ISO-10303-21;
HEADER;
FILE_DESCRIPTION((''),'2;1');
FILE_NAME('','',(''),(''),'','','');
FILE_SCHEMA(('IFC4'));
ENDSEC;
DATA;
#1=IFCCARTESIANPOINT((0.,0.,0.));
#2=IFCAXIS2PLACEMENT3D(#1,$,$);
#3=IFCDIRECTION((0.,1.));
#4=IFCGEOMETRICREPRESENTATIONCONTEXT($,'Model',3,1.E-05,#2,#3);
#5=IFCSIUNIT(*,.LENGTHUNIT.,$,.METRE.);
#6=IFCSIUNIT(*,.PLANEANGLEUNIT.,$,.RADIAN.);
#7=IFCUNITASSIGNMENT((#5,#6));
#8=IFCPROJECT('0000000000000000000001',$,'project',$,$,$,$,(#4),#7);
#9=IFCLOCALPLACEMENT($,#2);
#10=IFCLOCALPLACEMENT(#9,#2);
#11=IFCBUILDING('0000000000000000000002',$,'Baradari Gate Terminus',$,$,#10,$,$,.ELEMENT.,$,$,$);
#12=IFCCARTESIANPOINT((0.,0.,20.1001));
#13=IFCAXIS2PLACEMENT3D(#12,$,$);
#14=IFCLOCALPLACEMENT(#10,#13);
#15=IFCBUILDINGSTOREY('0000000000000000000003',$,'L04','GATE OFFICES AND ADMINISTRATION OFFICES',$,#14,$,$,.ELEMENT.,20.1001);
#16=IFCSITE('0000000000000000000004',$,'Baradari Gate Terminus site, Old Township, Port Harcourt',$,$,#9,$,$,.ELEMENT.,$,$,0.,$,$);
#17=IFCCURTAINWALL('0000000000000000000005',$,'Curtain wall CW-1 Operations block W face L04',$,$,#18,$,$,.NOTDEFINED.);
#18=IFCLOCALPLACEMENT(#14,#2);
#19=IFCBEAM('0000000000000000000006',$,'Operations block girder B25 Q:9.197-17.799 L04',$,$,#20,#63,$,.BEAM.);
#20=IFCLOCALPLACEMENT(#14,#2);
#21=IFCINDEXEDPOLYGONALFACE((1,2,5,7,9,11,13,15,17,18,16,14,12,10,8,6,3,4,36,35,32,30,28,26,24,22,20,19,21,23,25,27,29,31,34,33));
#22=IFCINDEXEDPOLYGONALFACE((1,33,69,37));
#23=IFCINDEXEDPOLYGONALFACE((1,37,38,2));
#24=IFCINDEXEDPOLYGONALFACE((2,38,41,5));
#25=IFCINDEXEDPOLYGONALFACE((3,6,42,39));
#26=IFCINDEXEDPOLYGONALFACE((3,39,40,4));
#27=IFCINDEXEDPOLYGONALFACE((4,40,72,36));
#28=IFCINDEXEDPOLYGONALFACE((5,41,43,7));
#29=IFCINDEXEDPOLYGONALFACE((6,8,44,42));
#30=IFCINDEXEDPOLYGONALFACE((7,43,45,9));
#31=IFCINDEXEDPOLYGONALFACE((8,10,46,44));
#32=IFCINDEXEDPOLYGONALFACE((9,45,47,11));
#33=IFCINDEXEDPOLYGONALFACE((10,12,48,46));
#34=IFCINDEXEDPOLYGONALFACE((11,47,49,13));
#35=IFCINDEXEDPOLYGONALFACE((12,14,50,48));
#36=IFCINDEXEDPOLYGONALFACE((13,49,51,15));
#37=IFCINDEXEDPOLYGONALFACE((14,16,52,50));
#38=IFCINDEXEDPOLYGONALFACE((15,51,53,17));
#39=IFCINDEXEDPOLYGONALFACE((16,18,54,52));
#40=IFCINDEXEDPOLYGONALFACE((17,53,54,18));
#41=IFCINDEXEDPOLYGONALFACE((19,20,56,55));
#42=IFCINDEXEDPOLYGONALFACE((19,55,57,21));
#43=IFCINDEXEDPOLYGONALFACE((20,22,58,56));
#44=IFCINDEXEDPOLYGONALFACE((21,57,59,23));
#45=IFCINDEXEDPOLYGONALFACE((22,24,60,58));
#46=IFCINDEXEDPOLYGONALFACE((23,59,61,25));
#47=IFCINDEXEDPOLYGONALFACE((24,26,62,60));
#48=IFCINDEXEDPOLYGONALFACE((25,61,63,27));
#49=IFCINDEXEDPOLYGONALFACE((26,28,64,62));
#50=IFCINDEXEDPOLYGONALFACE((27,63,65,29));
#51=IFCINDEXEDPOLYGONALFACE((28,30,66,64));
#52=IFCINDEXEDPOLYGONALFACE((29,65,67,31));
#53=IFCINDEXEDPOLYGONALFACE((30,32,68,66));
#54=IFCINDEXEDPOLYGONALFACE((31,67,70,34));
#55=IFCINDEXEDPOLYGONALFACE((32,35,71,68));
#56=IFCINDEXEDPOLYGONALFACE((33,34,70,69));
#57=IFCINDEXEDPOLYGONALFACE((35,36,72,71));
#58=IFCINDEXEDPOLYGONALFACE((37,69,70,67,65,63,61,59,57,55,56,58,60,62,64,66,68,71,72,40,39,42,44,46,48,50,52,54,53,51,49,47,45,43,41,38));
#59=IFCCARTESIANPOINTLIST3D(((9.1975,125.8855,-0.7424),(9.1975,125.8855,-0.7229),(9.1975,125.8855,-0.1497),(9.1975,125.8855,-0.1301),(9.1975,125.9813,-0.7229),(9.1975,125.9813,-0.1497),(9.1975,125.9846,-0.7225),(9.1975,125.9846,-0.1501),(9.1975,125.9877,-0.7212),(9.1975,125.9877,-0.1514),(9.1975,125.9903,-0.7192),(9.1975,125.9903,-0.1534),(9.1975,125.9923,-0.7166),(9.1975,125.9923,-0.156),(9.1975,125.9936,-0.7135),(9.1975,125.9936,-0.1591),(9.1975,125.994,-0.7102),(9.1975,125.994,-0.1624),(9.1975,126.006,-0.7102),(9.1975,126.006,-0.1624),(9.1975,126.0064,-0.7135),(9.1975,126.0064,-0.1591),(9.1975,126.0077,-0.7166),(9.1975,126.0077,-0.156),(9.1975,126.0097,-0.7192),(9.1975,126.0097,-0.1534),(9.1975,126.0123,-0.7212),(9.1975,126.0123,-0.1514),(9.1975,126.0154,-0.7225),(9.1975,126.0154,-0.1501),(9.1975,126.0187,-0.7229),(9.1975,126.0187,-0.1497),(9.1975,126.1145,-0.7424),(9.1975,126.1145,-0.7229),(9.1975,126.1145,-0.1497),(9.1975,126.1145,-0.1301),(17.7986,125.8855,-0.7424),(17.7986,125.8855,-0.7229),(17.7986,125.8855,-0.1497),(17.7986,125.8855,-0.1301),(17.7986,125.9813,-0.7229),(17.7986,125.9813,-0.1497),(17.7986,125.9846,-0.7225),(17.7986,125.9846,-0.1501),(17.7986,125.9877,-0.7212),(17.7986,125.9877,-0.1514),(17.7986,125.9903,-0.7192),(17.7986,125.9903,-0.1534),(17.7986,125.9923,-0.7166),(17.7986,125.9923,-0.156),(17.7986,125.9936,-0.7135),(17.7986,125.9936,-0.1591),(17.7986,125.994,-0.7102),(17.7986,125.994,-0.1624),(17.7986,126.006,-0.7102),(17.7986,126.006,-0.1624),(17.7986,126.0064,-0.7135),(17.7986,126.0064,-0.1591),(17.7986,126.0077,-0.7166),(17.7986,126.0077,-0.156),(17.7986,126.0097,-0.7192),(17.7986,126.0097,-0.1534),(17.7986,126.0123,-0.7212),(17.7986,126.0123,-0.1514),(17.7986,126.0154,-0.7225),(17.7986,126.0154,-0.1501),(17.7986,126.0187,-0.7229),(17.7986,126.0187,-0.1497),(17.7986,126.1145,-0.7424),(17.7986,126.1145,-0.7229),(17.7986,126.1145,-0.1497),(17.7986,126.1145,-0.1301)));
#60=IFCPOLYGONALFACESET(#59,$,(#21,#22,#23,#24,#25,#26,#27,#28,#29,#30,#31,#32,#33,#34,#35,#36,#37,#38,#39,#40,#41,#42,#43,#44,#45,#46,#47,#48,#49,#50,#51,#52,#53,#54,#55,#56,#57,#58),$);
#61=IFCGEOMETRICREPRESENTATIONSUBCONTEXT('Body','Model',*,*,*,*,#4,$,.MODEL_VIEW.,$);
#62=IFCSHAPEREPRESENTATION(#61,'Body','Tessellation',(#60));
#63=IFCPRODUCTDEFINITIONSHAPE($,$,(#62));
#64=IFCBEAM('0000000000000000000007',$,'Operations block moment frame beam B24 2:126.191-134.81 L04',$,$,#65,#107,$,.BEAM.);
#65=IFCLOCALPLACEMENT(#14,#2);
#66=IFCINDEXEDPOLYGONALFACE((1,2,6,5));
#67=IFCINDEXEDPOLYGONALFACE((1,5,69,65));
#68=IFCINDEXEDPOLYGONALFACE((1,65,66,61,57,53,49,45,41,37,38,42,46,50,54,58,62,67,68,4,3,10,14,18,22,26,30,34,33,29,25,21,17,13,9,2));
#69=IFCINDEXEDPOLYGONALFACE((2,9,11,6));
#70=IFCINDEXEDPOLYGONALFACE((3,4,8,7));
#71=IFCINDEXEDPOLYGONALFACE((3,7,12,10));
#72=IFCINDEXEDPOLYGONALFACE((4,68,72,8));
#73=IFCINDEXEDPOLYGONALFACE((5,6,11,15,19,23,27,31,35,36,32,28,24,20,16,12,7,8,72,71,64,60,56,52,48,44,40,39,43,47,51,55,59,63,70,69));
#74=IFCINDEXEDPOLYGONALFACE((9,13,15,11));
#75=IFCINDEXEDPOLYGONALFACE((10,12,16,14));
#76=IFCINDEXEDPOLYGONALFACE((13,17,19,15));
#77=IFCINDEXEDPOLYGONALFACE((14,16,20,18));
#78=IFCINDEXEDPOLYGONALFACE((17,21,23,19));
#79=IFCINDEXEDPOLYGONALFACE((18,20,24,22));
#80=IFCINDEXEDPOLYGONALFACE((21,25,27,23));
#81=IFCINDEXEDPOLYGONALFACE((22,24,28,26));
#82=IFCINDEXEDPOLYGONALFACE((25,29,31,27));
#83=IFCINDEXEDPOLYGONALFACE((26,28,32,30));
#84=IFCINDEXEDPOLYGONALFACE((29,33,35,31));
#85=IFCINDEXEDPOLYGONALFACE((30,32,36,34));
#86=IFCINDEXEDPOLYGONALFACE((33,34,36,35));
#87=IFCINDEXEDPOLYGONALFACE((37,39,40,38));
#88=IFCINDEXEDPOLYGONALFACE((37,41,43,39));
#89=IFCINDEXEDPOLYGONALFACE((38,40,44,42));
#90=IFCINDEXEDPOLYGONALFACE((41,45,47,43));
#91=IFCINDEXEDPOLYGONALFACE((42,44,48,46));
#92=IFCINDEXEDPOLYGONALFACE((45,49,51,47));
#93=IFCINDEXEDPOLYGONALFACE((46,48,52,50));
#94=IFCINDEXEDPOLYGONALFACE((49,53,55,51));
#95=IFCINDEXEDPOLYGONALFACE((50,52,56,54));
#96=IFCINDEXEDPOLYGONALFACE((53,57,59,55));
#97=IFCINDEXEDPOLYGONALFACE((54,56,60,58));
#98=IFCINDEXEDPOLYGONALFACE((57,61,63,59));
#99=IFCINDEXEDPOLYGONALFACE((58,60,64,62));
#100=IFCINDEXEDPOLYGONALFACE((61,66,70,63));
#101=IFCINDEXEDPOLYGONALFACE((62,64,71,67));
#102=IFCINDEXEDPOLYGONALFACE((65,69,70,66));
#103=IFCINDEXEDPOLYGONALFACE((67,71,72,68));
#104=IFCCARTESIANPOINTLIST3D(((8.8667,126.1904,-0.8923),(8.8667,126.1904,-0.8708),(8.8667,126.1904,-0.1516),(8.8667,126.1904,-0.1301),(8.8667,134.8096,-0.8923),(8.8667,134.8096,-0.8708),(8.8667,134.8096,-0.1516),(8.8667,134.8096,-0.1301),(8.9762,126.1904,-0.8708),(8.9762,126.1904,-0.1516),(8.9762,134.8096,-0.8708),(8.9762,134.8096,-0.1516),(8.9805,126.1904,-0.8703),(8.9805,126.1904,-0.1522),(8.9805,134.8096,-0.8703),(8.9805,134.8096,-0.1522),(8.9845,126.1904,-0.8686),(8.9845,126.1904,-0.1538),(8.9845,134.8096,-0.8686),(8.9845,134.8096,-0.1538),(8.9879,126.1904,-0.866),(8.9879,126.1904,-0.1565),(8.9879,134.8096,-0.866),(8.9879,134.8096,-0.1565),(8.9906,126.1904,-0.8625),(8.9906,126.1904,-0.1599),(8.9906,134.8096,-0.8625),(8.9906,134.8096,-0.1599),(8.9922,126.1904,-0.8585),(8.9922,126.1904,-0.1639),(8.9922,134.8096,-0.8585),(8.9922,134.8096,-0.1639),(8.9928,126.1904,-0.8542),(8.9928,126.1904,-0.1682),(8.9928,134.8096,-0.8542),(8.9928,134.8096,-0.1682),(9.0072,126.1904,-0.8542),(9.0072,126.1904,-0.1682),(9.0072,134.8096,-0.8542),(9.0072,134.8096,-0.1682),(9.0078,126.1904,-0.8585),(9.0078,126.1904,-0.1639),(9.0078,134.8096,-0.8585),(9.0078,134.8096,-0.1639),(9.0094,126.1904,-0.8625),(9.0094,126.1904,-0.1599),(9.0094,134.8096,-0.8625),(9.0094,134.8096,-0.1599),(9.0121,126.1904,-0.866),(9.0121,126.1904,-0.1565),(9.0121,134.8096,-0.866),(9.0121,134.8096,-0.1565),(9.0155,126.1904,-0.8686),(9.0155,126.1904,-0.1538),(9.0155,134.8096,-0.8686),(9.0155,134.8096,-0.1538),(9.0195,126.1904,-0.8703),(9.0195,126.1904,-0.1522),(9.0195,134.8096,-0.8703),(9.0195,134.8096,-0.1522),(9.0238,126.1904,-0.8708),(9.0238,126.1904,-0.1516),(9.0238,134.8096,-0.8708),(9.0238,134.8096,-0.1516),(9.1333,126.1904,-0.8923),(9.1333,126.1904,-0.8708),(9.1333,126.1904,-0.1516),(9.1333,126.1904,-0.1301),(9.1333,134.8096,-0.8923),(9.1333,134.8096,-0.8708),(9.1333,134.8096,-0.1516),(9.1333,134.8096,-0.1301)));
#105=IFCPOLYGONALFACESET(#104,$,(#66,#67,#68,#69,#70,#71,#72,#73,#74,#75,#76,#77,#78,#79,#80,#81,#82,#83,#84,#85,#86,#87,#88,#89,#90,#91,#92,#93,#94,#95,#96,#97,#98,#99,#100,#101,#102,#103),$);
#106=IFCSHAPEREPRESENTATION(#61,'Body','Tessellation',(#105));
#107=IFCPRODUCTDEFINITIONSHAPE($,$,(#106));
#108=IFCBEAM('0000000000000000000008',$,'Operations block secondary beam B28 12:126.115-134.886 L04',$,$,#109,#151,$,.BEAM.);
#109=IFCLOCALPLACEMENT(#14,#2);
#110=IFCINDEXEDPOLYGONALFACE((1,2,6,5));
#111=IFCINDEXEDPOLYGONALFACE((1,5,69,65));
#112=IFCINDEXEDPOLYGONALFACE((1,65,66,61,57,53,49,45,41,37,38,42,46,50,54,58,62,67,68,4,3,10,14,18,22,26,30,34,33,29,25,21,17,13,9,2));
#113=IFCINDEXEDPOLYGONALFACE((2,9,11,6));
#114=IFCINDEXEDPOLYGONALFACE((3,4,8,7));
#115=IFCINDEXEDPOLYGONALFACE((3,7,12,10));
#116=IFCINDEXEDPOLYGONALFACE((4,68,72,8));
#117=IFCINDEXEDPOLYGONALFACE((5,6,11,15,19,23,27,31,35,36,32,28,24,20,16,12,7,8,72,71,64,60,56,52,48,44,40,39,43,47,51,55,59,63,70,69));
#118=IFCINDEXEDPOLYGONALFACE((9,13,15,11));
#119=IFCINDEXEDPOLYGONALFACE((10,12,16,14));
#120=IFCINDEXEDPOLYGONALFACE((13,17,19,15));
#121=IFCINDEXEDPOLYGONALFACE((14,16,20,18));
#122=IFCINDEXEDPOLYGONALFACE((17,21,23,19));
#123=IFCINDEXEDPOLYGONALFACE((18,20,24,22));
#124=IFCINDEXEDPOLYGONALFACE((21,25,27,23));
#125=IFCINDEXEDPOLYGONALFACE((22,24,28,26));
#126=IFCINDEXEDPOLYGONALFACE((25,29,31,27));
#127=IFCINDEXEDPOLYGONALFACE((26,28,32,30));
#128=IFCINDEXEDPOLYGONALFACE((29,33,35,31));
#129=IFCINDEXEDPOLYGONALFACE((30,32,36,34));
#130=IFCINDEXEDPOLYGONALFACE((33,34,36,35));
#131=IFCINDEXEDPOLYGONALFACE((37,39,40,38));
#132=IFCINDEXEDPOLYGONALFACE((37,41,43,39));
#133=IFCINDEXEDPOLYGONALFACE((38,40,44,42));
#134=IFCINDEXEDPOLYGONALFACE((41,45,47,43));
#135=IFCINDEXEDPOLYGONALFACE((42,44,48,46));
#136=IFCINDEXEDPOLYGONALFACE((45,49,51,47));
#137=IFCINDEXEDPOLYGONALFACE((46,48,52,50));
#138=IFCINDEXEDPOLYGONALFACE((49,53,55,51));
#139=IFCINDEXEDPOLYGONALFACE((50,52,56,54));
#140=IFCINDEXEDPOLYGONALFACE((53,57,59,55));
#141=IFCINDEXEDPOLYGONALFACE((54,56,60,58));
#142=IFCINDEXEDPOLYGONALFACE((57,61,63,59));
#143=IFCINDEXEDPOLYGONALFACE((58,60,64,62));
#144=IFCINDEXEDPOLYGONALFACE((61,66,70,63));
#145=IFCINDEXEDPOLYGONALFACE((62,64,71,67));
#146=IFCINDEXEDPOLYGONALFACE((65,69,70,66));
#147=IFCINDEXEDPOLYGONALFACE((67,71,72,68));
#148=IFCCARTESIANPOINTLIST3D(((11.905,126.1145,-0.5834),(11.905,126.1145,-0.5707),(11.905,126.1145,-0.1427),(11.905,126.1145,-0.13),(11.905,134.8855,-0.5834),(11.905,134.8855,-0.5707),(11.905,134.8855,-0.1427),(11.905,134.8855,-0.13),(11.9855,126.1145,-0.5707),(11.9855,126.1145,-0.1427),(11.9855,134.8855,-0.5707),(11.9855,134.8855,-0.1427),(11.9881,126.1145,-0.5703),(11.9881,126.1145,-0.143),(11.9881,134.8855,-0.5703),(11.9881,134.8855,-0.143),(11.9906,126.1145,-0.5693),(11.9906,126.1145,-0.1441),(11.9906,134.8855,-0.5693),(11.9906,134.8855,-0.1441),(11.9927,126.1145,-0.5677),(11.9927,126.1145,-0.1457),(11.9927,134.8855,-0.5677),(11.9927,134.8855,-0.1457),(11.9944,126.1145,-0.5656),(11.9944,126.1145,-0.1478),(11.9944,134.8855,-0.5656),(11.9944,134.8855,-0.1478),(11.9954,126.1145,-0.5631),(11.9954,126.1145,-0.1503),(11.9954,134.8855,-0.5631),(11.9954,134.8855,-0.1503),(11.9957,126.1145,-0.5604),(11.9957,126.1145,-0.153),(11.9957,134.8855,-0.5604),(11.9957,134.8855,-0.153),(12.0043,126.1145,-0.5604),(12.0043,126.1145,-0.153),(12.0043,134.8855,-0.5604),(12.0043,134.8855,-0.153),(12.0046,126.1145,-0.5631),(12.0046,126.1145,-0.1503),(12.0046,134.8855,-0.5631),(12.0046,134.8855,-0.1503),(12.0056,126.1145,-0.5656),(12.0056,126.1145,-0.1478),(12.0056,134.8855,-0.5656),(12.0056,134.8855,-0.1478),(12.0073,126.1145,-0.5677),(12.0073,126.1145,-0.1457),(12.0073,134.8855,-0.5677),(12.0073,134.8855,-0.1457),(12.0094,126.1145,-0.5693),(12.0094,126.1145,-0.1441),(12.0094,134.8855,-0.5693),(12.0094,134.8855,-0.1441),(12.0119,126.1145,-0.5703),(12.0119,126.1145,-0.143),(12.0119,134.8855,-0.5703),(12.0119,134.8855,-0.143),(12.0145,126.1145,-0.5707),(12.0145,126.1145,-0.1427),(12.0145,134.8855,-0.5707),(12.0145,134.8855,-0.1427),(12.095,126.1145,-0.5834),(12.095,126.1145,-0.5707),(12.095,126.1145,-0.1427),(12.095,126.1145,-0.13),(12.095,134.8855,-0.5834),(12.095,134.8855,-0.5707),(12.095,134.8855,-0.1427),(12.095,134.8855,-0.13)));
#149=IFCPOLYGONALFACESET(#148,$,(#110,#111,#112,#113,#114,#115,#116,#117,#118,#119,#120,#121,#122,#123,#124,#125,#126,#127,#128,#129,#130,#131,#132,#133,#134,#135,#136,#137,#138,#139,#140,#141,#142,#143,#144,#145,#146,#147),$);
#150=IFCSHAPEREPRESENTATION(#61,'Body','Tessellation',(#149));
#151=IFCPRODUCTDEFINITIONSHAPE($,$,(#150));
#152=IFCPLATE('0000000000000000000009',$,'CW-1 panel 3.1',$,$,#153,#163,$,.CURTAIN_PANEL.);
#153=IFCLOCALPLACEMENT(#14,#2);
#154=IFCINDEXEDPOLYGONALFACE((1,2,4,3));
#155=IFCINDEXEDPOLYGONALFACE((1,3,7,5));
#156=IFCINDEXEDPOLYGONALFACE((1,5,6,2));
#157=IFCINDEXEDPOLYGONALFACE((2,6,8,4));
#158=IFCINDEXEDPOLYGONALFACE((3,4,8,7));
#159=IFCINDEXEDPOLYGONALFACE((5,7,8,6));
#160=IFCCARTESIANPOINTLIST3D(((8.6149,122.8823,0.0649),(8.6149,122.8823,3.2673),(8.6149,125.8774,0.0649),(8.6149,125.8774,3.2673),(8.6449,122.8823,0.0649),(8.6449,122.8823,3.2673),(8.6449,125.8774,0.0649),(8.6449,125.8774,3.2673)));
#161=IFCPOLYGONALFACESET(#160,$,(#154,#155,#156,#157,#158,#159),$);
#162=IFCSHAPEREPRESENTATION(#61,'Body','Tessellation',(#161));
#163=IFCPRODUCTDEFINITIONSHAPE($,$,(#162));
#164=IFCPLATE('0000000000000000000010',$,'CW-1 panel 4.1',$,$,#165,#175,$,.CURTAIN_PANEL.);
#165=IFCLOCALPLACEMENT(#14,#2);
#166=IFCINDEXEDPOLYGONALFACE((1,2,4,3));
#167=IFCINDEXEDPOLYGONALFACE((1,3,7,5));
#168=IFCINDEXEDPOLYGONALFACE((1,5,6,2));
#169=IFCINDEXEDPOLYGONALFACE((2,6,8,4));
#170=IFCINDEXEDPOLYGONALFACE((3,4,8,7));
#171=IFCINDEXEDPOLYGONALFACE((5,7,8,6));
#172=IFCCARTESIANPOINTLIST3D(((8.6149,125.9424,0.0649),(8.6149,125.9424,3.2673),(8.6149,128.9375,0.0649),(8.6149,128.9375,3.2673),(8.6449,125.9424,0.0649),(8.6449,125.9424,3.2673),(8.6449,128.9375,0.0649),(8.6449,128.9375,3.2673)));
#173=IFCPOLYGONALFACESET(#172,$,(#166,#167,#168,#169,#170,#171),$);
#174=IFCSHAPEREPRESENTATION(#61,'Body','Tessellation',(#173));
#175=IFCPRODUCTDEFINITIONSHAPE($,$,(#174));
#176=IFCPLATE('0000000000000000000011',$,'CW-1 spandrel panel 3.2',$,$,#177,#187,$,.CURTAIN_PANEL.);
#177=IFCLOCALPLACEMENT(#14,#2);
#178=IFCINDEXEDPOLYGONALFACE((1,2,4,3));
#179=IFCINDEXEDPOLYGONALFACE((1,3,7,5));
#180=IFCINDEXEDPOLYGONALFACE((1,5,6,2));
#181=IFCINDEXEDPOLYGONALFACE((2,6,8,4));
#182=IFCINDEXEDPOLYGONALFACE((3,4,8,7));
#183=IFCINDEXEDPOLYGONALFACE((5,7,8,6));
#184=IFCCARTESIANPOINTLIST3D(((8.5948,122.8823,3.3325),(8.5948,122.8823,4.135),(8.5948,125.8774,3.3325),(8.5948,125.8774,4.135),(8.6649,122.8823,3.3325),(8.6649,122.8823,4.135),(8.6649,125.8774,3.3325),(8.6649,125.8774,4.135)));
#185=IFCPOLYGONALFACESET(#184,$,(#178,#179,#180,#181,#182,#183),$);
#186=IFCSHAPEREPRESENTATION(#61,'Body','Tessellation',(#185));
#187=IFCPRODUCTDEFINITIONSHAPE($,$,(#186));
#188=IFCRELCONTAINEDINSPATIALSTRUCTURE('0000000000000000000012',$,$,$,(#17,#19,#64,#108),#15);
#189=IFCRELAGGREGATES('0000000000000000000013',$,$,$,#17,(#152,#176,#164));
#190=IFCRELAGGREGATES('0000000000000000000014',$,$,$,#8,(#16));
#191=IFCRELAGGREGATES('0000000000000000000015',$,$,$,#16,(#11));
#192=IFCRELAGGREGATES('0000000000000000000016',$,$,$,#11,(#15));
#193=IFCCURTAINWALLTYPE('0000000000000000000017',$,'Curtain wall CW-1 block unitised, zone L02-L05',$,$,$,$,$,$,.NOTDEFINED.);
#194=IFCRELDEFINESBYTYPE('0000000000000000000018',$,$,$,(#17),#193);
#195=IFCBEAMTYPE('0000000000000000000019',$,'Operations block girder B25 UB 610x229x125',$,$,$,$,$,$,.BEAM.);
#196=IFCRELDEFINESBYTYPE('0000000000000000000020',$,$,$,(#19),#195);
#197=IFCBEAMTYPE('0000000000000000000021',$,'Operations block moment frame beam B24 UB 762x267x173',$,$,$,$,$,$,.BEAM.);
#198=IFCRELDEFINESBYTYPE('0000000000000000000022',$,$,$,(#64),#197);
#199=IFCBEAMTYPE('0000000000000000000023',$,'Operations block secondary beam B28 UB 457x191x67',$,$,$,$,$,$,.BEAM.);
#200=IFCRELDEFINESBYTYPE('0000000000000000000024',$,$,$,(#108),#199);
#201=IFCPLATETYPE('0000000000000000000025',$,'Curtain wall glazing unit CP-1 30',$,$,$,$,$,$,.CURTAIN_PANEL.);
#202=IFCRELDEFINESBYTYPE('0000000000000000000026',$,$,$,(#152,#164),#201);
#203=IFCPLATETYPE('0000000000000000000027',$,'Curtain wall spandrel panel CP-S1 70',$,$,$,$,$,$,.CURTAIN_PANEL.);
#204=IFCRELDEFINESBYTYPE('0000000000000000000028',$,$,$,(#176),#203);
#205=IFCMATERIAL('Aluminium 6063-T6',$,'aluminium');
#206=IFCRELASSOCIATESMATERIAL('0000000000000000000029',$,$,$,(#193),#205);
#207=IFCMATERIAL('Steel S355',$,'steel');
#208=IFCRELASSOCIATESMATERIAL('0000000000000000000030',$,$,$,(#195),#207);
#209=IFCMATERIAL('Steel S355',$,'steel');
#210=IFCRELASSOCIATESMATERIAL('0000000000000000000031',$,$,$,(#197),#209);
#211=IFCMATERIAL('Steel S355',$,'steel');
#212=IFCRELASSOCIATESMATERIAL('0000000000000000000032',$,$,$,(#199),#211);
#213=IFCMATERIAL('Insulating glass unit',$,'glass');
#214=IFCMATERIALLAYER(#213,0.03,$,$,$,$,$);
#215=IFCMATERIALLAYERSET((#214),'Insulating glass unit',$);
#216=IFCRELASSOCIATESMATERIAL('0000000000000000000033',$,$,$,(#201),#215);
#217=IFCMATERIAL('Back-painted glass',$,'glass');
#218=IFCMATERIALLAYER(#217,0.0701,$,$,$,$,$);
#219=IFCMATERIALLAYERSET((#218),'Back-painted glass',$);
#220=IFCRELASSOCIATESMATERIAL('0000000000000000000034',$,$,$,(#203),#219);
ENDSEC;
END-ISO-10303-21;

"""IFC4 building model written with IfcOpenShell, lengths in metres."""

from ifc_helpers import new_model, si_unit, direction, frame, origin, origin_2d, place, context, subcontext, project, spatial, rectangle, i_section, extrude, material, layer, layer_set, material_profile, profile_set, type_object, element, aggregate, save


model = new_model("IFC4")

# Units and contexts
model_context = context("Model", 3, precision=1e-05, world=origin(), true_north=direction((0.0, 1.0)))
body_context = subcontext(model_context, "Body", "Model", "MODEL_VIEW")
ifc_project = project(units=[si_unit("LENGTHUNIT", "METRE"), si_unit("PLANEANGLEUNIT", "RADIAN")], contexts=[model_context])

# Site, building, storey
site_placement = place(None, origin())
site = spatial("IfcSite", under=ifc_project, at=site_placement, Name="Baradari Gate Terminus site, Old Township, Port Harcourt", CompositionType="ELEMENT", RefElevation=0.0)
building_placement = place(site_placement, origin())
building = spatial("IfcBuilding", under=site, at=building_placement, Name="Baradari Gate Terminus", CompositionType="ELEMENT")
storey_placement = place(building_placement, frame((0.0, 0.0, 20.1001)))
storey = spatial("IfcBuildingStorey", under=building, at=storey_placement, Name="L04", Description="GATE OFFICES AND ADMINISTRATION OFFICES", CompositionType="ELEMENT", Elevation=20.1001)

# Curtain wall
ifc_material_1 = material(Name="Aluminium 6063-T6", Category="aluminium")
curtain_wall_type = type_object("IfcCurtainWallType", Name="Curtain wall CW-1 block unitised, zone L02-L05", PredefinedType="NOTDEFINED", material=ifc_material_1)
curtain_wall_placement = place(storey_placement, origin())
curtain_wall = element("IfcCurtainWall", 1, at=curtain_wall_placement, inside=storey, type_object=curtain_wall_type, Name="Curtain wall CW-1 Operations block W face L04", PredefinedType="NOTDEFINED")

# Beams
ifc_material_2 = material(Name="Steel S355", Category="steel")
ifc_material_profile_1 = material_profile(ifc_material_2, i_section(OverallWidth=0.229, OverallDepth=0.6123, WebThickness=0.012, FlangeThickness=0.0195, FilletRadius=0.0127, at=origin_2d()), Name="UB 610x229x125")
ifc_profile_set_1 = profile_set([ifc_material_profile_1], Name="Steel S355")
beam_type_1 = type_object("IfcBeamType", Name="Operations block girder B25 UB 610x229x125", PredefinedType="BEAM", material=ifc_profile_set_1)
beam_1_placement = place(storey_placement, frame((9.1975, 126.0, -0.4363), z_axis=(1.0, 0.0, 0.0), x_axis=(0.0, 1.0, 0.0)))
element("IfcBeam", 2, at=beam_1_placement, inside=storey, type_object=beam_type_1, Name="Operations block girder B25 Q:9.197-17.799 L04", PredefinedType="BEAM", context=body_context, shape_type="SweptSolid", body=[
    extrude(i_section(OverallWidth=0.229, OverallDepth=0.6123, WebThickness=0.012, FlangeThickness=0.0195, FilletRadius=0.0127, at=origin_2d()), origin(), (0.0, 0.0, 1.0), 8.6011),
])
ifc_material_3 = material(Name="Steel S355", Category="steel")
ifc_material_profile_2 = material_profile(ifc_material_3, i_section(OverallWidth=0.2666, OverallDepth=0.7622, WebThickness=0.0144, FlangeThickness=0.0215, FilletRadius=0.0166, at=origin_2d()), Name="UB 762x267x173")
ifc_profile_set_2 = profile_set([ifc_material_profile_2], Name="Steel S355")
beam_type_2 = type_object("IfcBeamType", Name="Operations block moment frame beam B24 UB 762x267x173", PredefinedType="BEAM", material=ifc_profile_set_2)
beam_2_placement = place(storey_placement, frame((9.0, 126.1904, -0.5112), z_axis=(0.0, 1.0, 0.0), x_axis=(-1.0, 0.0, 0.0)))
element("IfcBeam", 3, at=beam_2_placement, inside=storey, type_object=beam_type_2, Name="Operations block moment frame beam B24 2:126.191-134.81 L04", PredefinedType="BEAM", context=body_context, shape_type="SweptSolid", body=[
    extrude(i_section(OverallWidth=0.2666, OverallDepth=0.7622, WebThickness=0.0144, FlangeThickness=0.0215, FilletRadius=0.0166, at=origin_2d()), origin(), (0.0, 0.0, 1.0), 8.6191),
])
ifc_material_4 = material(Name="Steel S355", Category="steel")
ifc_material_profile_3 = material_profile(ifc_material_4, i_section(OverallWidth=0.1899, OverallDepth=0.4534, WebThickness=0.0085, FlangeThickness=0.0127, FilletRadius=0.0103, at=origin_2d()), Name="UB 457x191x67")
ifc_profile_set_3 = profile_set([ifc_material_profile_3], Name="Steel S355")
beam_type_3 = type_object("IfcBeamType", Name="Operations block secondary beam B28 UB 457x191x67", PredefinedType="BEAM", material=ifc_profile_set_3)
beam_3_placement = place(storey_placement, frame((12.0, 126.1145, -0.3567), z_axis=(0.0, 1.0, 0.0), x_axis=(-1.0, 0.0, 0.0)))
element("IfcBeam", 4, at=beam_3_placement, inside=storey, type_object=beam_type_3, Name="Operations block secondary beam B28 12:126.115-134.886 L04", PredefinedType="BEAM", context=body_context, shape_type="SweptSolid", body=[
    extrude(i_section(OverallWidth=0.1899, OverallDepth=0.4534, WebThickness=0.0085, FlangeThickness=0.0127, FilletRadius=0.0103, at=origin_2d()), origin(), (0.0, 0.0, 1.0), 8.771),
])

# Plates
ifc_material_5 = material(Name="Insulating glass unit", Category="glass")
ifc_layer_1 = layer(ifc_material_5, 0.03)
ifc_layer_set_1 = layer_set([ifc_layer_1], Name="Insulating glass unit")
plate_type_1 = type_object("IfcPlateType", Name="Curtain wall glazing unit CP-1 30", PredefinedType="CURTAIN_PANEL", material=ifc_layer_set_1)
plate_1_placement = place(storey_placement, frame((8.6299, 124.3799, 0.0649), z_axis=(0.0, 0.0, 1.0), x_axis=(0.0, 1.0, 0.0)))
plate_1 = element("IfcPlate", 5, at=plate_1_placement, type_object=plate_type_1, Name="CW-1 panel 3.1", PredefinedType="CURTAIN_PANEL", context=body_context, shape_type="SweptSolid", body=[
    extrude(rectangle(XDim=2.9951, YDim=0.03, at=origin_2d()), origin(), (0.0, 0.0, 1.0), 3.2024),
])
plate_2_placement = place(storey_placement, frame((8.6299, 127.4399, 0.0649), z_axis=(0.0, 0.0, 1.0), x_axis=(0.0, 1.0, 0.0)))
plate_2 = element("IfcPlate", 6, at=plate_2_placement, type_object=plate_type_1, Name="CW-1 panel 4.1", PredefinedType="CURTAIN_PANEL", context=body_context, shape_type="SweptSolid", body=[
    extrude(rectangle(XDim=2.9951, YDim=0.03, at=origin_2d()), origin(), (0.0, 0.0, 1.0), 3.2024),
])
ifc_material_6 = material(Name="Back-painted glass", Category="glass")
ifc_layer_2 = layer(ifc_material_6, 0.0701)
ifc_layer_set_2 = layer_set([ifc_layer_2], Name="Back-painted glass")
plate_type_2 = type_object("IfcPlateType", Name="Curtain wall spandrel panel CP-S1 70", PredefinedType="CURTAIN_PANEL", material=ifc_layer_set_2)
plate_3_placement = place(storey_placement, frame((8.6299, 124.3799, 3.3325), z_axis=(0.0, 0.0, 1.0), x_axis=(0.0, 1.0, 0.0)))
plate_3 = element("IfcPlate", 7, at=plate_3_placement, type_object=plate_type_2, Name="CW-1 spandrel panel 3.2", PredefinedType="CURTAIN_PANEL", context=body_context, shape_type="SweptSolid", body=[
    extrude(rectangle(XDim=2.9951, YDim=0.0701, at=origin_2d()), origin(), (0.0, 0.0, 1.0), 0.8025),
])
aggregate(curtain_wall, [plate_1, plate_3, plate_2])

save(model, "model.ifc")
